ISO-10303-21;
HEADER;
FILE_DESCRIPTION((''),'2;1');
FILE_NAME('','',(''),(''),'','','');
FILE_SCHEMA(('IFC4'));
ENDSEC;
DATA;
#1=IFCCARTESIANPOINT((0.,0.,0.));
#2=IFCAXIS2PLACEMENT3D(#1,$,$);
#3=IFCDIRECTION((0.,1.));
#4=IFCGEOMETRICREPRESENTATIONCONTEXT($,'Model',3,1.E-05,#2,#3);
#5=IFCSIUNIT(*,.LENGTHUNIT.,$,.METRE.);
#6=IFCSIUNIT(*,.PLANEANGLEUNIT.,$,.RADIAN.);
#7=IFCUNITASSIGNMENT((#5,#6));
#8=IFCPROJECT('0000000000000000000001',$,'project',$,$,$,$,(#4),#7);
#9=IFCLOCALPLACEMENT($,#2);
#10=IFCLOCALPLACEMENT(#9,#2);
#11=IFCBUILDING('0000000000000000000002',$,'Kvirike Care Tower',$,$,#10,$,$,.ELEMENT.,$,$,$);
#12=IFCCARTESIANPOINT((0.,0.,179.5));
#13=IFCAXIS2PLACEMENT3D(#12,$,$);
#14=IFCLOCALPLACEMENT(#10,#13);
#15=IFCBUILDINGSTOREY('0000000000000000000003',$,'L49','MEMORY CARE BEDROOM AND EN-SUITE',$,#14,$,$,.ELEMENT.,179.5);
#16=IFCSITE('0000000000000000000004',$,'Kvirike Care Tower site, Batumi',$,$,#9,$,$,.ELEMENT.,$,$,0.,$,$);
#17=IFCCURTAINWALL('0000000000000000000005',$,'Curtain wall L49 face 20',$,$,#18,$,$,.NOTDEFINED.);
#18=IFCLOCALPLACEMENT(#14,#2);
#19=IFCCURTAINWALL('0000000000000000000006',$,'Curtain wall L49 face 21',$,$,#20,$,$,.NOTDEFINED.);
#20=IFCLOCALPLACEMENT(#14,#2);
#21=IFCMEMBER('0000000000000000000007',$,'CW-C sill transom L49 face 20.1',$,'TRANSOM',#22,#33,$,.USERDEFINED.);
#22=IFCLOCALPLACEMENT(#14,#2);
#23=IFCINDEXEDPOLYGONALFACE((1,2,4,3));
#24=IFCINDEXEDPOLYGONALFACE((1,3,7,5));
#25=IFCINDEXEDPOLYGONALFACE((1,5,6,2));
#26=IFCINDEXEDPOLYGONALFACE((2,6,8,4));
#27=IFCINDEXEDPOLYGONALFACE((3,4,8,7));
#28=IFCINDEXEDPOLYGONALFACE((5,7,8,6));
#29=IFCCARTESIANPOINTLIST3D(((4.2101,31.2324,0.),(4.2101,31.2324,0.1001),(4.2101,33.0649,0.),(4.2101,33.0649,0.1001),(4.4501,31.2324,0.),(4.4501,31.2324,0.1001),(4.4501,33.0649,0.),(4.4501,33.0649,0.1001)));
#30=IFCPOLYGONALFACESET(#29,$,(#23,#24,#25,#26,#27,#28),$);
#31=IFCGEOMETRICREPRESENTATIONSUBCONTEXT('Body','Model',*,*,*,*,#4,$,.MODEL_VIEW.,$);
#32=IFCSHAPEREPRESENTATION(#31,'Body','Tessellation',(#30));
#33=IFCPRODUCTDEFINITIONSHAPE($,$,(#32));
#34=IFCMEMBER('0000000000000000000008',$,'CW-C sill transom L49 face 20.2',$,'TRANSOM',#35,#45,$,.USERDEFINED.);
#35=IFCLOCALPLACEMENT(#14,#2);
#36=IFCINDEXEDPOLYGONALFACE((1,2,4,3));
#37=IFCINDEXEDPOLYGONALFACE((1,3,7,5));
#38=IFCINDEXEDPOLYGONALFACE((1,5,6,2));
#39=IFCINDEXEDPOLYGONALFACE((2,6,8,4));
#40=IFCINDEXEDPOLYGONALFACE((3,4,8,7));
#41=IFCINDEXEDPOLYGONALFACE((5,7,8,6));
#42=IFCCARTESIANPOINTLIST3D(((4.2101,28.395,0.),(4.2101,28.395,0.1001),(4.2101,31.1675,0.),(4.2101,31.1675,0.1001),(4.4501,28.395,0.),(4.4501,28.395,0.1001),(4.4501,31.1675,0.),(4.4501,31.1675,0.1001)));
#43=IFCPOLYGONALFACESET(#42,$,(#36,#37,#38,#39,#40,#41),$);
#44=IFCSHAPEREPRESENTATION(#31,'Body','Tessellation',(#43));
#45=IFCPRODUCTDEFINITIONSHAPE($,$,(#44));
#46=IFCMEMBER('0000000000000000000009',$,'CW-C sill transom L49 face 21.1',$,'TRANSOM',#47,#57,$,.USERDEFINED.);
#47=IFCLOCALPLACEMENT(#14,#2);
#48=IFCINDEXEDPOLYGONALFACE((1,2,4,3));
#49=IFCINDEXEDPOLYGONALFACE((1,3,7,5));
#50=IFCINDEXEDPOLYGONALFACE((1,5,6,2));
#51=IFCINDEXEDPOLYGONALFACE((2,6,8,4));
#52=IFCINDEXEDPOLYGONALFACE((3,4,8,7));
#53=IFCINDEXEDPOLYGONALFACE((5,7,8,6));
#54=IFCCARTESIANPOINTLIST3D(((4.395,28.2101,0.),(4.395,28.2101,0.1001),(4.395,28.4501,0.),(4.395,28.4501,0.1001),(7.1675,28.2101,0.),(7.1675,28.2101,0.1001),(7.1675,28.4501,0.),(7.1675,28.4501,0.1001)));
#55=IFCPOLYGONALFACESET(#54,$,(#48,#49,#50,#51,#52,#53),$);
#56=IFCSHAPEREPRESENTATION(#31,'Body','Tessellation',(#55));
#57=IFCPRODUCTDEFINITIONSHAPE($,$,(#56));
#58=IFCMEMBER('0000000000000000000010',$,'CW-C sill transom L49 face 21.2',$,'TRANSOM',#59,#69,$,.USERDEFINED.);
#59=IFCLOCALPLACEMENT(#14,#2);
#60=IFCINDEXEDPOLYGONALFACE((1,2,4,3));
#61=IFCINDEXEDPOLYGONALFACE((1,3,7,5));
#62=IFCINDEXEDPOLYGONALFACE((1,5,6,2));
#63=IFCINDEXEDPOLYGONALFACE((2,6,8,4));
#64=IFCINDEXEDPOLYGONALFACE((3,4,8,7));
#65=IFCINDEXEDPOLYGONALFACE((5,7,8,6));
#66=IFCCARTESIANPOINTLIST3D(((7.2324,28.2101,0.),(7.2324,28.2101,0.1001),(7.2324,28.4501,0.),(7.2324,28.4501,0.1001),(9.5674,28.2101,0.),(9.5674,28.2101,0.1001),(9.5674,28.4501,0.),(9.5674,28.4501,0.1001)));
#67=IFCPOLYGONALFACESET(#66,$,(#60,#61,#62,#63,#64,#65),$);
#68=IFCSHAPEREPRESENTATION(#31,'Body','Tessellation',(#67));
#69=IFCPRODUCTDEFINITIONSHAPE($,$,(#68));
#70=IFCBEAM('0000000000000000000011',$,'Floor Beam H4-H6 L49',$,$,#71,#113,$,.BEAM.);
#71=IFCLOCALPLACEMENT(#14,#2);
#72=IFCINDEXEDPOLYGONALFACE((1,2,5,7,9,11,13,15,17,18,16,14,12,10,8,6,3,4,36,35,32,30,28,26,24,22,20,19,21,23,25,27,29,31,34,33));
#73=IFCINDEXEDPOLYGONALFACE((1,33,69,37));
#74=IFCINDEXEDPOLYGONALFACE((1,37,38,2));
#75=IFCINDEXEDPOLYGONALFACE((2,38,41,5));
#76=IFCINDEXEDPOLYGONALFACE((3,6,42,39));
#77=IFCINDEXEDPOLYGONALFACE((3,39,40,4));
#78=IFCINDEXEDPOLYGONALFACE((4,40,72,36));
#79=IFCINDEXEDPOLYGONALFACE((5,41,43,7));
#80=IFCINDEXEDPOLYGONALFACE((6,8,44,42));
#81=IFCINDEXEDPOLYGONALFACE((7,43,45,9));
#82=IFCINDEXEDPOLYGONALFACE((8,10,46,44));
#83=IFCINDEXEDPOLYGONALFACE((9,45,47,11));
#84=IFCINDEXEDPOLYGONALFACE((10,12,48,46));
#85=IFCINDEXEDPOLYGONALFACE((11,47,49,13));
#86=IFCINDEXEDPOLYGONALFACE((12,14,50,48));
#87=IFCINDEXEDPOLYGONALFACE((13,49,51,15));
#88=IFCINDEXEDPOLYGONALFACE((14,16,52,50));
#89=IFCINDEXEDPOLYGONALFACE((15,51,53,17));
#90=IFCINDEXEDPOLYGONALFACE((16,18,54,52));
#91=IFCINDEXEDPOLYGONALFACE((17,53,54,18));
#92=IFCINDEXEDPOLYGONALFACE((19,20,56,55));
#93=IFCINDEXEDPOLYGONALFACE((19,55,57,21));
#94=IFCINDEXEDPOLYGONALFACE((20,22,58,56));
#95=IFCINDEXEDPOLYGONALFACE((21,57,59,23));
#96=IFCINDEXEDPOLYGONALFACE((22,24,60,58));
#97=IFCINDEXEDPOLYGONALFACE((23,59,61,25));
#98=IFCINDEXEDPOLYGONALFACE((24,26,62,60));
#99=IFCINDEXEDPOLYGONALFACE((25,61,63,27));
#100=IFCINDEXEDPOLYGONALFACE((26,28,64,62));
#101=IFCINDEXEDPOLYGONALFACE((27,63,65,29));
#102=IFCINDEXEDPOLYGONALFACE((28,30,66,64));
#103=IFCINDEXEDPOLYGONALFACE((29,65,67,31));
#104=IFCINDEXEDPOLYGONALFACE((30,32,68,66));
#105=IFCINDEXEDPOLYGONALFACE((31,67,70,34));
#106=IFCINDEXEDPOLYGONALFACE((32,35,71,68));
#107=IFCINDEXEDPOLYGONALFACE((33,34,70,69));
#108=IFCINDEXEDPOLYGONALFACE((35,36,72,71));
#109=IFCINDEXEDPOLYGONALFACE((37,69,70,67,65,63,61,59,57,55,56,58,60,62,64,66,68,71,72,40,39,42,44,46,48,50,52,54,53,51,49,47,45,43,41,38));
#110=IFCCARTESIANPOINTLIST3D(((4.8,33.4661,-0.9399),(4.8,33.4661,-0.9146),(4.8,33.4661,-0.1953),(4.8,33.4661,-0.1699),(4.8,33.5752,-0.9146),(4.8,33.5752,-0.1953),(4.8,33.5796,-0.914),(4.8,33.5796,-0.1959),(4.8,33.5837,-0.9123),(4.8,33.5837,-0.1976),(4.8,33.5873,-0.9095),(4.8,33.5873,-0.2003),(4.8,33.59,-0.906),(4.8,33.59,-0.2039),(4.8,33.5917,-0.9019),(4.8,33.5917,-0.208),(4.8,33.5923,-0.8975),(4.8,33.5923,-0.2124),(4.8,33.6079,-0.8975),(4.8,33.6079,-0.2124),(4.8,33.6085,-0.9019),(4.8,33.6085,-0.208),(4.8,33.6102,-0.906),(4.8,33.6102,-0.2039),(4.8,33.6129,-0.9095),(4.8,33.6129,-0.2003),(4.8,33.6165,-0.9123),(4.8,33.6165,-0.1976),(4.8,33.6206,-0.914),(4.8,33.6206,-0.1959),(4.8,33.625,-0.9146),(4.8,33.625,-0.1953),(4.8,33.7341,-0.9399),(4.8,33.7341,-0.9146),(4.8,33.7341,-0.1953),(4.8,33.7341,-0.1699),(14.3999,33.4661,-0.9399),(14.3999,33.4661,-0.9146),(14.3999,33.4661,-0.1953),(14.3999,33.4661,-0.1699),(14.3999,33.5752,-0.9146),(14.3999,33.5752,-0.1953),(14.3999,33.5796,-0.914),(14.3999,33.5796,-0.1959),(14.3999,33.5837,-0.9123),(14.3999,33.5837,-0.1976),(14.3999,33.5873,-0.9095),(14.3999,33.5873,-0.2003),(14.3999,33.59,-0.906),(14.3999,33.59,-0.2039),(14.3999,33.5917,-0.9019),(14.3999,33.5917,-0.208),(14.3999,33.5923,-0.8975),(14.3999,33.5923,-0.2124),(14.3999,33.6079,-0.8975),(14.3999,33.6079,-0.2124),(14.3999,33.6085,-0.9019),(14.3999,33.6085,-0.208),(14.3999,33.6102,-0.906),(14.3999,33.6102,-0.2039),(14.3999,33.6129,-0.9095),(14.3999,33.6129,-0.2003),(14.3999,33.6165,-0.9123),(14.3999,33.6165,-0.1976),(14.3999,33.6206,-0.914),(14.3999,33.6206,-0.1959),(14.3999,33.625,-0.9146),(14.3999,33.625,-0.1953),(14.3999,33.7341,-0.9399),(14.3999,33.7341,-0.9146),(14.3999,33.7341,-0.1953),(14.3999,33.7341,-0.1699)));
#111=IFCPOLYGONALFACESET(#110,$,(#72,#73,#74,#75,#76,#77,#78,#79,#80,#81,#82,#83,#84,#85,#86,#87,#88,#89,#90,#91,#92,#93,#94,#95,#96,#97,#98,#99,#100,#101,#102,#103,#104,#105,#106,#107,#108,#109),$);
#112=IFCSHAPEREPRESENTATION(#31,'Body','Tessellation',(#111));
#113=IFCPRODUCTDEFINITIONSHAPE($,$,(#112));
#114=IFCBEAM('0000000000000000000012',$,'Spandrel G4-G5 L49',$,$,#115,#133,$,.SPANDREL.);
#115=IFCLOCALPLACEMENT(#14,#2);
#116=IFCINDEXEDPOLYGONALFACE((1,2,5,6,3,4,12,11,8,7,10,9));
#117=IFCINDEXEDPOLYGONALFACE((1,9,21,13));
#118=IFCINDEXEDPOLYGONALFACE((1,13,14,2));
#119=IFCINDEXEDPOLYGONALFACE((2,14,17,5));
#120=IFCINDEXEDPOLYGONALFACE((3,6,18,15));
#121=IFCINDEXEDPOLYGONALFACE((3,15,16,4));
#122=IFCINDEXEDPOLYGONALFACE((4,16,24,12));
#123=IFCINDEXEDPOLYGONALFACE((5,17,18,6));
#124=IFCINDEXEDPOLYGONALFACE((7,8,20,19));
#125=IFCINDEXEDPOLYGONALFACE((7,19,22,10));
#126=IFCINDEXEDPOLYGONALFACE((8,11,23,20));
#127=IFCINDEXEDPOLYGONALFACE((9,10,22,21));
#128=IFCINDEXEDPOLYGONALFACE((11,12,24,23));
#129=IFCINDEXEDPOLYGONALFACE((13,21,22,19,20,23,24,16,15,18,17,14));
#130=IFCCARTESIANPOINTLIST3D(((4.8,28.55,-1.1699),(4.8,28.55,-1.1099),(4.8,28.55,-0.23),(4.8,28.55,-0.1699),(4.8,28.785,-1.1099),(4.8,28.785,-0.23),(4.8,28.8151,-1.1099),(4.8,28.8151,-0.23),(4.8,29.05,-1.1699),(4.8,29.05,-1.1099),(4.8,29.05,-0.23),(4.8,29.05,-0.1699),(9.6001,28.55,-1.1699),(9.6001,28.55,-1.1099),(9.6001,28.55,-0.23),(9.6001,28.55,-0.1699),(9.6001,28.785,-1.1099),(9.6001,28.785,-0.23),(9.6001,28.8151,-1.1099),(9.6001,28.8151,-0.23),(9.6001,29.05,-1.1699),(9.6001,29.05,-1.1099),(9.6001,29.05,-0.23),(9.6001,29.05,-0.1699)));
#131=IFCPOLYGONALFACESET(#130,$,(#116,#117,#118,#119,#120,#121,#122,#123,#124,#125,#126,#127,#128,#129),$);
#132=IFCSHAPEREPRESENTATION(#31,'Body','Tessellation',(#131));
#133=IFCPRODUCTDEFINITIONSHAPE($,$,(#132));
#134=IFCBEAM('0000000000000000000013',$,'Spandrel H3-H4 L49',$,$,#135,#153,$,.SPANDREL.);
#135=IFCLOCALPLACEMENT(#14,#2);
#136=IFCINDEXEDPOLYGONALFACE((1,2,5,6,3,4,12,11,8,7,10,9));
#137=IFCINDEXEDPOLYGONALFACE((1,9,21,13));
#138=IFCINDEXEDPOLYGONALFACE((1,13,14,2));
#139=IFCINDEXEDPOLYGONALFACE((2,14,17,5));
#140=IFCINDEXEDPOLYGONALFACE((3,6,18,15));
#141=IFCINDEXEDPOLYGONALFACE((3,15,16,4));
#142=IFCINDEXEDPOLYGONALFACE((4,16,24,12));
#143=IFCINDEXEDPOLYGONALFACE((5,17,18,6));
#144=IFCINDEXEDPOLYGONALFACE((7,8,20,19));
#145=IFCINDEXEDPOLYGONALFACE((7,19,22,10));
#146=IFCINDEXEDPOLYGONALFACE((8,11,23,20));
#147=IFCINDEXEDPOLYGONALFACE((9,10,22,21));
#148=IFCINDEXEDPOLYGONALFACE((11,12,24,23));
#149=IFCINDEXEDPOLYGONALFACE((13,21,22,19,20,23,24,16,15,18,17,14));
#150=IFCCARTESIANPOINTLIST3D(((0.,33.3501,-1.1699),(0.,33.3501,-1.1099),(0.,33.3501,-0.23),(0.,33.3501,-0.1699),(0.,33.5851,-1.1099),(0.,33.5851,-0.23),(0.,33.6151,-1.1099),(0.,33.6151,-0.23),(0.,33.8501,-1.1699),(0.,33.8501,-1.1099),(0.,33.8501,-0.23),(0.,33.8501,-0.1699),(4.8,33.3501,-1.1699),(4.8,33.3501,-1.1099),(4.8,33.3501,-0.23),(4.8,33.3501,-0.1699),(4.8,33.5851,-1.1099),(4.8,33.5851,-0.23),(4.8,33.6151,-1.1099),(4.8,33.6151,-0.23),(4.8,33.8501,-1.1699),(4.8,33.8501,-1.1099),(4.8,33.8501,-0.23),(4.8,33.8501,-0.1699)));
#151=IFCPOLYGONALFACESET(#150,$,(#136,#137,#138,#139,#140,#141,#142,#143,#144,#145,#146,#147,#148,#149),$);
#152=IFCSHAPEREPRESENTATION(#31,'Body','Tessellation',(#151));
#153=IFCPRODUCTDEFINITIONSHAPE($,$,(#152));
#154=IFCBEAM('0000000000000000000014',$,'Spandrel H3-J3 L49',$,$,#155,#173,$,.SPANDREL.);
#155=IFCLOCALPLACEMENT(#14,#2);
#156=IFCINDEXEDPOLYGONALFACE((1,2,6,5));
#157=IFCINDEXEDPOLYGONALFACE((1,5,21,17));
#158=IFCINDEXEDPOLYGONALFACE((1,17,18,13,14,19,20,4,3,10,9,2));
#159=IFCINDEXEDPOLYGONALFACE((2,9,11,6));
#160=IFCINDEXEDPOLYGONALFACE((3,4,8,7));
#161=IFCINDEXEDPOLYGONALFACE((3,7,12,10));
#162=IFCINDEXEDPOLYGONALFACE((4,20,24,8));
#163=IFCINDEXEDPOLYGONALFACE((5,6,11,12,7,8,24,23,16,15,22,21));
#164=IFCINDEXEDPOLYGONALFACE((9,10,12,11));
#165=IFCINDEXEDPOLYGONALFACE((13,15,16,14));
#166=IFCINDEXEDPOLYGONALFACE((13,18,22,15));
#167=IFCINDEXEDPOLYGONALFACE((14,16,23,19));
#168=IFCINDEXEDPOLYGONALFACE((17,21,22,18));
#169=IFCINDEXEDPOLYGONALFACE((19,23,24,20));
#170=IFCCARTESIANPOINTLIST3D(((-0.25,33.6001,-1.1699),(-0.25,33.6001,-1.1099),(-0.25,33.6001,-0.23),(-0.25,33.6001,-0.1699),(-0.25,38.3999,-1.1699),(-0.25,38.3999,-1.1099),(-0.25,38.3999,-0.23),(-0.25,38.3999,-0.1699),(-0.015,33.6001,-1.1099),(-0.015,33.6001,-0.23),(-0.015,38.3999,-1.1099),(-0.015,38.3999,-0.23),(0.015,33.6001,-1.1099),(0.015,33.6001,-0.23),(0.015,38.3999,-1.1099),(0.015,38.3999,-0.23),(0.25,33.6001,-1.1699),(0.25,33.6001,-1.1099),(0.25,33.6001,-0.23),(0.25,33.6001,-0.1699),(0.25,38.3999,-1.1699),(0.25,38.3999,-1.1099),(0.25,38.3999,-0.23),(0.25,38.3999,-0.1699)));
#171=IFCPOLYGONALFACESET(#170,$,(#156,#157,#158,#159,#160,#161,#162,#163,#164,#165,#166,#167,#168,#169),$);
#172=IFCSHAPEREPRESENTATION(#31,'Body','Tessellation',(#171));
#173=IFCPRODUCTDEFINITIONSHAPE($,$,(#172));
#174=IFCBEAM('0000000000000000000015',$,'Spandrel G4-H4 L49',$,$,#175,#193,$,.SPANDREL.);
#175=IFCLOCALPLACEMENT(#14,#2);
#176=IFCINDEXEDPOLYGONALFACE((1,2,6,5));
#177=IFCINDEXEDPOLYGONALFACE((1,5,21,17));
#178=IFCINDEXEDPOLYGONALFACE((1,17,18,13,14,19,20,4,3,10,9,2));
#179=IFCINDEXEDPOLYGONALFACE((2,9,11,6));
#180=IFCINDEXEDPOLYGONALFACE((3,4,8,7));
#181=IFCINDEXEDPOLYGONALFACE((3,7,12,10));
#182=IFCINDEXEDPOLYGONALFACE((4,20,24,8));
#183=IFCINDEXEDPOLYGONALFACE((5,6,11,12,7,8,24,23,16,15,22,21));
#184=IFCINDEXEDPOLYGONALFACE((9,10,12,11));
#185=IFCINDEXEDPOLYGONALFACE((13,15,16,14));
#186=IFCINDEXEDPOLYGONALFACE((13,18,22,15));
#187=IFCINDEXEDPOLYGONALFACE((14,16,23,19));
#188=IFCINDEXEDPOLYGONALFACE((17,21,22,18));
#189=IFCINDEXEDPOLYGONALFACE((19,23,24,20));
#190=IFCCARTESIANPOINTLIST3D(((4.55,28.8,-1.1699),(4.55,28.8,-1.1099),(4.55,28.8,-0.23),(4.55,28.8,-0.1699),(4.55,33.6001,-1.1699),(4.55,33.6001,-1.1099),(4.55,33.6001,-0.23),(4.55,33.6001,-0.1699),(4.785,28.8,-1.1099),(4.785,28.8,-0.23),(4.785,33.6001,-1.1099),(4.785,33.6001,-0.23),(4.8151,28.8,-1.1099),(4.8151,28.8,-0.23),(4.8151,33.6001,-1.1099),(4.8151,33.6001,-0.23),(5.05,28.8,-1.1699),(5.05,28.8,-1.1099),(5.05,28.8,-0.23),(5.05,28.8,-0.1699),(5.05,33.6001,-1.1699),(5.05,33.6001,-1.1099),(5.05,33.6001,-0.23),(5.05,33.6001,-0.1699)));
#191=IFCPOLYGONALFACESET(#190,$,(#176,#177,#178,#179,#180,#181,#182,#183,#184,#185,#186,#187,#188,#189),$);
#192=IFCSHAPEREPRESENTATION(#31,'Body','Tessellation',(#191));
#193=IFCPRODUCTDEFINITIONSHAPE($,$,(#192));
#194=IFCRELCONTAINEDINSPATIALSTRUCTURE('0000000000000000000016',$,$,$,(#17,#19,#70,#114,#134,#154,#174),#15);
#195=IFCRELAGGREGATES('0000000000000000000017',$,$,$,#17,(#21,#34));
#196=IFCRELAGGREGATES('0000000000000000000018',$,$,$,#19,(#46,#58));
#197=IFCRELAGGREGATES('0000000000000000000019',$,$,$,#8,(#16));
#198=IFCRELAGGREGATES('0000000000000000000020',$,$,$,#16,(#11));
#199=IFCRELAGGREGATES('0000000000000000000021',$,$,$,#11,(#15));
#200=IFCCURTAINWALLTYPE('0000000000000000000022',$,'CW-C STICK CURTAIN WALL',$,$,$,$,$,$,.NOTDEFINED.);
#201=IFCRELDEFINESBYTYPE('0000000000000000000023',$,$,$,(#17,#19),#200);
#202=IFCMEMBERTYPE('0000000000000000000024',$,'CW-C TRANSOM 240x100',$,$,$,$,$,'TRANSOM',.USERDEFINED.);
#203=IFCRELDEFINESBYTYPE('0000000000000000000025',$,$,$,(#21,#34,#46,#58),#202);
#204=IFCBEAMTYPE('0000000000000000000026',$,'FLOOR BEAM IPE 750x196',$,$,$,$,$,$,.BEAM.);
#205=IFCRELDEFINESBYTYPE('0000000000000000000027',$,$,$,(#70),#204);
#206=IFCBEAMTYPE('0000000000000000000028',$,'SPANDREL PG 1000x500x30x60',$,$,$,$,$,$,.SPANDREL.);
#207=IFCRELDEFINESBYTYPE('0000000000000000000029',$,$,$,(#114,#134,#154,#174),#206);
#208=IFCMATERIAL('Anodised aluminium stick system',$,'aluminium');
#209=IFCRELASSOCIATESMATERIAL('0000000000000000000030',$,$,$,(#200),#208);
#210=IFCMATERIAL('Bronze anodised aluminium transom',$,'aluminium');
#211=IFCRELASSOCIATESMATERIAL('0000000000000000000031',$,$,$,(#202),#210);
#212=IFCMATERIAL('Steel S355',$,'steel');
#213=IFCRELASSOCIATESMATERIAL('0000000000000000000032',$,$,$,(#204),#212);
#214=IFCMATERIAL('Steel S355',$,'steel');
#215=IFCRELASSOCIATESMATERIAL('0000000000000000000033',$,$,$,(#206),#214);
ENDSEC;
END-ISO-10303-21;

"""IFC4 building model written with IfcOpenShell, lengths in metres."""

from ifc_helpers import new_model, si_unit, direction, frame, origin, origin_2d, place, context, subcontext, project, spatial, rectangle, i_section, extrude, material, material_profile, profile_set, type_object, element, aggregate, save


model = new_model("IFC4")

# Units and contexts
model_context = context("Model", 3, precision=1e-05, world=origin(), true_north=direction((0.0, 1.0)))
body_context = subcontext(model_context, "Body", "Model", "MODEL_VIEW")
ifc_project = project(units=[si_unit("LENGTHUNIT", "METRE"), si_unit("PLANEANGLEUNIT", "RADIAN")], contexts=[model_context])

# Site, building, storey
site_placement = place(None, origin())
site = spatial("IfcSite", under=ifc_project, at=site_placement, Name="Kvirike Care Tower site, Batumi", CompositionType="ELEMENT", RefElevation=0.0)
building_placement = place(site_placement, origin())
building = spatial("IfcBuilding", under=site, at=building_placement, Name="Kvirike Care Tower", CompositionType="ELEMENT")
storey_placement = place(building_placement, frame((0.0, 0.0, 179.5)))
storey = spatial("IfcBuildingStorey", under=building, at=storey_placement, Name="L49", Description="MEMORY CARE BEDROOM AND EN-SUITE", CompositionType="ELEMENT", Elevation=179.5)

# Shared definitions
ifc_material_1 = material(Name="Anodised aluminium stick system", Category="aluminium")
curtain_wall_type = type_object("IfcCurtainWallType", Name="CW-C STICK CURTAIN WALL", PredefinedType="NOTDEFINED", material=ifc_material_1)

# Curtain walls
curtain_wall_1_placement = place(storey_placement, origin())
curtain_wall_1 = element("IfcCurtainWall", 1, at=curtain_wall_1_placement, inside=storey, type_object=curtain_wall_type, Name="Curtain wall L49 face 20", PredefinedType="NOTDEFINED")
curtain_wall_2_placement = place(storey_placement, origin())
curtain_wall_2 = element("IfcCurtainWall", 2, at=curtain_wall_2_placement, inside=storey, type_object=curtain_wall_type, Name="Curtain wall L49 face 21", PredefinedType="NOTDEFINED")

# Members
ifc_material_2 = material(Name="Bronze anodised aluminium transom", Category="aluminium")
ifc_material_profile_1 = material_profile(ifc_material_2, rectangle(XDim=0.24, YDim=0.1001, at=origin_2d()), Name="CW-C TRANSOM 240x100")
ifc_profile_set_1 = profile_set([ifc_material_profile_1], Name="Bronze anodised aluminium transom")
member_type_1 = type_object("IfcMemberType", Name="CW-C TRANSOM 240x100", ElementType="TRANSOM", PredefinedType="USERDEFINED", material=ifc_profile_set_1)
member_1_placement = place(storey_placement, frame((4.3301, 33.0649, 0.05), z_axis=(0.0, -1.0, 0.0), x_axis=(1.0, 0.0, 0.0)))
member_1 = element("IfcMember", 3, at=member_1_placement, type_object=member_type_1, Name="CW-C sill transom L49 face 20.1", ObjectType="TRANSOM", PredefinedType="USERDEFINED", context=body_context, shape_type="SweptSolid", body=[
    extrude(rectangle(XDim=0.24, YDim=0.1001, at=origin_2d()), origin(), (0.0, 0.0, 1.0), 1.8325),
])
member_2_placement = place(storey_placement, frame((4.3301, 31.1675, 0.05), z_axis=(0.0, -1.0, 0.0), x_axis=(1.0, 0.0, 0.0)))
member_2 = element("IfcMember", 4, at=member_2_placement, type_object=member_type_1, Name="CW-C sill transom L49 face 20.2", ObjectType="TRANSOM", PredefinedType="USERDEFINED", context=body_context, shape_type="SweptSolid", body=[
    extrude(rectangle(XDim=0.24, YDim=0.1001, at=origin_2d()), origin(), (0.0, 0.0, 1.0), 2.7725),
])
member_3_placement = place(storey_placement, frame((4.395, 28.3301, 0.05), z_axis=(1.0, 0.0, 0.0), x_axis=(0.0, 1.0, 0.0)))
member_3 = element("IfcMember", 5, at=member_3_placement, type_object=member_type_1, Name="CW-C sill transom L49 face 21.1", ObjectType="TRANSOM", PredefinedType="USERDEFINED", context=body_context, shape_type="SweptSolid", body=[
    extrude(rectangle(XDim=0.24, YDim=0.1001, at=origin_2d()), origin(), (0.0, 0.0, 1.0), 2.7725),
])
member_4_placement = place(storey_placement, frame((7.2324, 28.3301, 0.05), z_axis=(1.0, 0.0, 0.0), x_axis=(0.0, 1.0, 0.0)))
member_4 = element("IfcMember", 6, at=member_4_placement, type_object=member_type_1, Name="CW-C sill transom L49 face 21.2", ObjectType="TRANSOM", PredefinedType="USERDEFINED", context=body_context, shape_type="SweptSolid", body=[
    extrude(rectangle(XDim=0.24, YDim=0.1001, at=origin_2d()), origin(), (0.0, 0.0, 1.0), 2.335),
])

# Beams
ifc_material_3 = material(Name="Steel S355", Category="steel")
ifc_material_profile_2 = material_profile(ifc_material_3, i_section(OverallWidth=0.2681, OverallDepth=0.77, WebThickness=0.0156, FlangeThickness=0.0254, FilletRadius=0.0171, at=origin_2d()), Name="IPE 750x196")
ifc_profile_set_2 = profile_set([ifc_material_profile_2], Name="Steel S355")
beam_type_1 = type_object("IfcBeamType", Name="FLOOR BEAM IPE 750x196", PredefinedType="BEAM", material=ifc_profile_set_2)
beam_1_placement = place(storey_placement, frame((4.8, 33.6001, -0.5549), z_axis=(1.0, 0.0, 0.0), x_axis=(0.0, 1.0, 0.0)))
element("IfcBeam", 7, at=beam_1_placement, inside=storey, type_object=beam_type_1, Name="Floor Beam H4-H6 L49", PredefinedType="BEAM", context=body_context, shape_type="SweptSolid", body=[
    extrude(i_section(OverallWidth=0.2681, OverallDepth=0.77, WebThickness=0.0156, FlangeThickness=0.0254, FilletRadius=0.0171, at=origin_2d()), origin(), (0.0, 0.0, 1.0), 9.5999),
])
ifc_material_4 = material(Name="Steel S355", Category="steel")
ifc_material_profile_3 = material_profile(ifc_material_4, i_section(OverallWidth=0.5, OverallDepth=1.0, WebThickness=0.03, FlangeThickness=0.0601, at=origin_2d()), Name="PG 1000x500x30x60")
ifc_profile_set_3 = profile_set([ifc_material_profile_3], Name="Steel S355")
beam_type_2 = type_object("IfcBeamType", Name="SPANDREL PG 1000x500x30x60", PredefinedType="SPANDREL", material=ifc_profile_set_3)
for number, where, z_axis, x_axis, name in (
    (8, (4.8, 28.8, -0.6699), (1.0, 0.0, 0.0), (0.0, 1.0, 0.0), "Spandrel G4-G5 L49"),
    (9, (0.0, 33.6001, -0.6699), (1.0, 0.0, 0.0), (0.0, 1.0, 0.0), "Spandrel H3-H4 L49"),
):
    element("IfcBeam", number, at=place(storey_placement, frame(where, z_axis=z_axis, x_axis=x_axis)), inside=storey, type_object=beam_type_2, Name=name, PredefinedType="SPANDREL", context=body_context, shape_type="SweptSolid", body=[
        extrude(i_section(OverallWidth=0.5, OverallDepth=1.0, WebThickness=0.03, FlangeThickness=0.0601, at=origin_2d()), origin(), (0.0, 0.0, 1.0), 4.8),
    ])
beam_2_placement = place(storey_placement, frame((0.0, 33.6001, -0.6699), z_axis=(0.0, 1.0, 0.0), x_axis=(-1.0, 0.0, 0.0)))
element("IfcBeam", 10, at=beam_2_placement, inside=storey, type_object=beam_type_2, Name="Spandrel H3-J3 L49", PredefinedType="SPANDREL", context=body_context, shape_type="SweptSolid", body=[
    extrude(i_section(OverallWidth=0.5, OverallDepth=1.0, WebThickness=0.03, FlangeThickness=0.0601, at=origin_2d()), origin(), (0.0, 0.0, 1.0), 4.7998),
])
beam_3_placement = place(storey_placement, frame((4.8, 28.8, -0.6699), z_axis=(0.0, 1.0, 0.0), x_axis=(-1.0, 0.0, 0.0)))
element("IfcBeam", 11, at=beam_3_placement, inside=storey, type_object=beam_type_2, Name="Spandrel G4-H4 L49", PredefinedType="SPANDREL", context=body_context, shape_type="SweptSolid", body=[
    extrude(i_section(OverallWidth=0.5, OverallDepth=1.0, WebThickness=0.03, FlangeThickness=0.0601, at=origin_2d()), origin(), (0.0, 0.0, 1.0), 4.8),
])

aggregate(curtain_wall_1, [member_1, member_2])
aggregate(curtain_wall_2, [member_3, member_4])

save(model, "model.ifc")
